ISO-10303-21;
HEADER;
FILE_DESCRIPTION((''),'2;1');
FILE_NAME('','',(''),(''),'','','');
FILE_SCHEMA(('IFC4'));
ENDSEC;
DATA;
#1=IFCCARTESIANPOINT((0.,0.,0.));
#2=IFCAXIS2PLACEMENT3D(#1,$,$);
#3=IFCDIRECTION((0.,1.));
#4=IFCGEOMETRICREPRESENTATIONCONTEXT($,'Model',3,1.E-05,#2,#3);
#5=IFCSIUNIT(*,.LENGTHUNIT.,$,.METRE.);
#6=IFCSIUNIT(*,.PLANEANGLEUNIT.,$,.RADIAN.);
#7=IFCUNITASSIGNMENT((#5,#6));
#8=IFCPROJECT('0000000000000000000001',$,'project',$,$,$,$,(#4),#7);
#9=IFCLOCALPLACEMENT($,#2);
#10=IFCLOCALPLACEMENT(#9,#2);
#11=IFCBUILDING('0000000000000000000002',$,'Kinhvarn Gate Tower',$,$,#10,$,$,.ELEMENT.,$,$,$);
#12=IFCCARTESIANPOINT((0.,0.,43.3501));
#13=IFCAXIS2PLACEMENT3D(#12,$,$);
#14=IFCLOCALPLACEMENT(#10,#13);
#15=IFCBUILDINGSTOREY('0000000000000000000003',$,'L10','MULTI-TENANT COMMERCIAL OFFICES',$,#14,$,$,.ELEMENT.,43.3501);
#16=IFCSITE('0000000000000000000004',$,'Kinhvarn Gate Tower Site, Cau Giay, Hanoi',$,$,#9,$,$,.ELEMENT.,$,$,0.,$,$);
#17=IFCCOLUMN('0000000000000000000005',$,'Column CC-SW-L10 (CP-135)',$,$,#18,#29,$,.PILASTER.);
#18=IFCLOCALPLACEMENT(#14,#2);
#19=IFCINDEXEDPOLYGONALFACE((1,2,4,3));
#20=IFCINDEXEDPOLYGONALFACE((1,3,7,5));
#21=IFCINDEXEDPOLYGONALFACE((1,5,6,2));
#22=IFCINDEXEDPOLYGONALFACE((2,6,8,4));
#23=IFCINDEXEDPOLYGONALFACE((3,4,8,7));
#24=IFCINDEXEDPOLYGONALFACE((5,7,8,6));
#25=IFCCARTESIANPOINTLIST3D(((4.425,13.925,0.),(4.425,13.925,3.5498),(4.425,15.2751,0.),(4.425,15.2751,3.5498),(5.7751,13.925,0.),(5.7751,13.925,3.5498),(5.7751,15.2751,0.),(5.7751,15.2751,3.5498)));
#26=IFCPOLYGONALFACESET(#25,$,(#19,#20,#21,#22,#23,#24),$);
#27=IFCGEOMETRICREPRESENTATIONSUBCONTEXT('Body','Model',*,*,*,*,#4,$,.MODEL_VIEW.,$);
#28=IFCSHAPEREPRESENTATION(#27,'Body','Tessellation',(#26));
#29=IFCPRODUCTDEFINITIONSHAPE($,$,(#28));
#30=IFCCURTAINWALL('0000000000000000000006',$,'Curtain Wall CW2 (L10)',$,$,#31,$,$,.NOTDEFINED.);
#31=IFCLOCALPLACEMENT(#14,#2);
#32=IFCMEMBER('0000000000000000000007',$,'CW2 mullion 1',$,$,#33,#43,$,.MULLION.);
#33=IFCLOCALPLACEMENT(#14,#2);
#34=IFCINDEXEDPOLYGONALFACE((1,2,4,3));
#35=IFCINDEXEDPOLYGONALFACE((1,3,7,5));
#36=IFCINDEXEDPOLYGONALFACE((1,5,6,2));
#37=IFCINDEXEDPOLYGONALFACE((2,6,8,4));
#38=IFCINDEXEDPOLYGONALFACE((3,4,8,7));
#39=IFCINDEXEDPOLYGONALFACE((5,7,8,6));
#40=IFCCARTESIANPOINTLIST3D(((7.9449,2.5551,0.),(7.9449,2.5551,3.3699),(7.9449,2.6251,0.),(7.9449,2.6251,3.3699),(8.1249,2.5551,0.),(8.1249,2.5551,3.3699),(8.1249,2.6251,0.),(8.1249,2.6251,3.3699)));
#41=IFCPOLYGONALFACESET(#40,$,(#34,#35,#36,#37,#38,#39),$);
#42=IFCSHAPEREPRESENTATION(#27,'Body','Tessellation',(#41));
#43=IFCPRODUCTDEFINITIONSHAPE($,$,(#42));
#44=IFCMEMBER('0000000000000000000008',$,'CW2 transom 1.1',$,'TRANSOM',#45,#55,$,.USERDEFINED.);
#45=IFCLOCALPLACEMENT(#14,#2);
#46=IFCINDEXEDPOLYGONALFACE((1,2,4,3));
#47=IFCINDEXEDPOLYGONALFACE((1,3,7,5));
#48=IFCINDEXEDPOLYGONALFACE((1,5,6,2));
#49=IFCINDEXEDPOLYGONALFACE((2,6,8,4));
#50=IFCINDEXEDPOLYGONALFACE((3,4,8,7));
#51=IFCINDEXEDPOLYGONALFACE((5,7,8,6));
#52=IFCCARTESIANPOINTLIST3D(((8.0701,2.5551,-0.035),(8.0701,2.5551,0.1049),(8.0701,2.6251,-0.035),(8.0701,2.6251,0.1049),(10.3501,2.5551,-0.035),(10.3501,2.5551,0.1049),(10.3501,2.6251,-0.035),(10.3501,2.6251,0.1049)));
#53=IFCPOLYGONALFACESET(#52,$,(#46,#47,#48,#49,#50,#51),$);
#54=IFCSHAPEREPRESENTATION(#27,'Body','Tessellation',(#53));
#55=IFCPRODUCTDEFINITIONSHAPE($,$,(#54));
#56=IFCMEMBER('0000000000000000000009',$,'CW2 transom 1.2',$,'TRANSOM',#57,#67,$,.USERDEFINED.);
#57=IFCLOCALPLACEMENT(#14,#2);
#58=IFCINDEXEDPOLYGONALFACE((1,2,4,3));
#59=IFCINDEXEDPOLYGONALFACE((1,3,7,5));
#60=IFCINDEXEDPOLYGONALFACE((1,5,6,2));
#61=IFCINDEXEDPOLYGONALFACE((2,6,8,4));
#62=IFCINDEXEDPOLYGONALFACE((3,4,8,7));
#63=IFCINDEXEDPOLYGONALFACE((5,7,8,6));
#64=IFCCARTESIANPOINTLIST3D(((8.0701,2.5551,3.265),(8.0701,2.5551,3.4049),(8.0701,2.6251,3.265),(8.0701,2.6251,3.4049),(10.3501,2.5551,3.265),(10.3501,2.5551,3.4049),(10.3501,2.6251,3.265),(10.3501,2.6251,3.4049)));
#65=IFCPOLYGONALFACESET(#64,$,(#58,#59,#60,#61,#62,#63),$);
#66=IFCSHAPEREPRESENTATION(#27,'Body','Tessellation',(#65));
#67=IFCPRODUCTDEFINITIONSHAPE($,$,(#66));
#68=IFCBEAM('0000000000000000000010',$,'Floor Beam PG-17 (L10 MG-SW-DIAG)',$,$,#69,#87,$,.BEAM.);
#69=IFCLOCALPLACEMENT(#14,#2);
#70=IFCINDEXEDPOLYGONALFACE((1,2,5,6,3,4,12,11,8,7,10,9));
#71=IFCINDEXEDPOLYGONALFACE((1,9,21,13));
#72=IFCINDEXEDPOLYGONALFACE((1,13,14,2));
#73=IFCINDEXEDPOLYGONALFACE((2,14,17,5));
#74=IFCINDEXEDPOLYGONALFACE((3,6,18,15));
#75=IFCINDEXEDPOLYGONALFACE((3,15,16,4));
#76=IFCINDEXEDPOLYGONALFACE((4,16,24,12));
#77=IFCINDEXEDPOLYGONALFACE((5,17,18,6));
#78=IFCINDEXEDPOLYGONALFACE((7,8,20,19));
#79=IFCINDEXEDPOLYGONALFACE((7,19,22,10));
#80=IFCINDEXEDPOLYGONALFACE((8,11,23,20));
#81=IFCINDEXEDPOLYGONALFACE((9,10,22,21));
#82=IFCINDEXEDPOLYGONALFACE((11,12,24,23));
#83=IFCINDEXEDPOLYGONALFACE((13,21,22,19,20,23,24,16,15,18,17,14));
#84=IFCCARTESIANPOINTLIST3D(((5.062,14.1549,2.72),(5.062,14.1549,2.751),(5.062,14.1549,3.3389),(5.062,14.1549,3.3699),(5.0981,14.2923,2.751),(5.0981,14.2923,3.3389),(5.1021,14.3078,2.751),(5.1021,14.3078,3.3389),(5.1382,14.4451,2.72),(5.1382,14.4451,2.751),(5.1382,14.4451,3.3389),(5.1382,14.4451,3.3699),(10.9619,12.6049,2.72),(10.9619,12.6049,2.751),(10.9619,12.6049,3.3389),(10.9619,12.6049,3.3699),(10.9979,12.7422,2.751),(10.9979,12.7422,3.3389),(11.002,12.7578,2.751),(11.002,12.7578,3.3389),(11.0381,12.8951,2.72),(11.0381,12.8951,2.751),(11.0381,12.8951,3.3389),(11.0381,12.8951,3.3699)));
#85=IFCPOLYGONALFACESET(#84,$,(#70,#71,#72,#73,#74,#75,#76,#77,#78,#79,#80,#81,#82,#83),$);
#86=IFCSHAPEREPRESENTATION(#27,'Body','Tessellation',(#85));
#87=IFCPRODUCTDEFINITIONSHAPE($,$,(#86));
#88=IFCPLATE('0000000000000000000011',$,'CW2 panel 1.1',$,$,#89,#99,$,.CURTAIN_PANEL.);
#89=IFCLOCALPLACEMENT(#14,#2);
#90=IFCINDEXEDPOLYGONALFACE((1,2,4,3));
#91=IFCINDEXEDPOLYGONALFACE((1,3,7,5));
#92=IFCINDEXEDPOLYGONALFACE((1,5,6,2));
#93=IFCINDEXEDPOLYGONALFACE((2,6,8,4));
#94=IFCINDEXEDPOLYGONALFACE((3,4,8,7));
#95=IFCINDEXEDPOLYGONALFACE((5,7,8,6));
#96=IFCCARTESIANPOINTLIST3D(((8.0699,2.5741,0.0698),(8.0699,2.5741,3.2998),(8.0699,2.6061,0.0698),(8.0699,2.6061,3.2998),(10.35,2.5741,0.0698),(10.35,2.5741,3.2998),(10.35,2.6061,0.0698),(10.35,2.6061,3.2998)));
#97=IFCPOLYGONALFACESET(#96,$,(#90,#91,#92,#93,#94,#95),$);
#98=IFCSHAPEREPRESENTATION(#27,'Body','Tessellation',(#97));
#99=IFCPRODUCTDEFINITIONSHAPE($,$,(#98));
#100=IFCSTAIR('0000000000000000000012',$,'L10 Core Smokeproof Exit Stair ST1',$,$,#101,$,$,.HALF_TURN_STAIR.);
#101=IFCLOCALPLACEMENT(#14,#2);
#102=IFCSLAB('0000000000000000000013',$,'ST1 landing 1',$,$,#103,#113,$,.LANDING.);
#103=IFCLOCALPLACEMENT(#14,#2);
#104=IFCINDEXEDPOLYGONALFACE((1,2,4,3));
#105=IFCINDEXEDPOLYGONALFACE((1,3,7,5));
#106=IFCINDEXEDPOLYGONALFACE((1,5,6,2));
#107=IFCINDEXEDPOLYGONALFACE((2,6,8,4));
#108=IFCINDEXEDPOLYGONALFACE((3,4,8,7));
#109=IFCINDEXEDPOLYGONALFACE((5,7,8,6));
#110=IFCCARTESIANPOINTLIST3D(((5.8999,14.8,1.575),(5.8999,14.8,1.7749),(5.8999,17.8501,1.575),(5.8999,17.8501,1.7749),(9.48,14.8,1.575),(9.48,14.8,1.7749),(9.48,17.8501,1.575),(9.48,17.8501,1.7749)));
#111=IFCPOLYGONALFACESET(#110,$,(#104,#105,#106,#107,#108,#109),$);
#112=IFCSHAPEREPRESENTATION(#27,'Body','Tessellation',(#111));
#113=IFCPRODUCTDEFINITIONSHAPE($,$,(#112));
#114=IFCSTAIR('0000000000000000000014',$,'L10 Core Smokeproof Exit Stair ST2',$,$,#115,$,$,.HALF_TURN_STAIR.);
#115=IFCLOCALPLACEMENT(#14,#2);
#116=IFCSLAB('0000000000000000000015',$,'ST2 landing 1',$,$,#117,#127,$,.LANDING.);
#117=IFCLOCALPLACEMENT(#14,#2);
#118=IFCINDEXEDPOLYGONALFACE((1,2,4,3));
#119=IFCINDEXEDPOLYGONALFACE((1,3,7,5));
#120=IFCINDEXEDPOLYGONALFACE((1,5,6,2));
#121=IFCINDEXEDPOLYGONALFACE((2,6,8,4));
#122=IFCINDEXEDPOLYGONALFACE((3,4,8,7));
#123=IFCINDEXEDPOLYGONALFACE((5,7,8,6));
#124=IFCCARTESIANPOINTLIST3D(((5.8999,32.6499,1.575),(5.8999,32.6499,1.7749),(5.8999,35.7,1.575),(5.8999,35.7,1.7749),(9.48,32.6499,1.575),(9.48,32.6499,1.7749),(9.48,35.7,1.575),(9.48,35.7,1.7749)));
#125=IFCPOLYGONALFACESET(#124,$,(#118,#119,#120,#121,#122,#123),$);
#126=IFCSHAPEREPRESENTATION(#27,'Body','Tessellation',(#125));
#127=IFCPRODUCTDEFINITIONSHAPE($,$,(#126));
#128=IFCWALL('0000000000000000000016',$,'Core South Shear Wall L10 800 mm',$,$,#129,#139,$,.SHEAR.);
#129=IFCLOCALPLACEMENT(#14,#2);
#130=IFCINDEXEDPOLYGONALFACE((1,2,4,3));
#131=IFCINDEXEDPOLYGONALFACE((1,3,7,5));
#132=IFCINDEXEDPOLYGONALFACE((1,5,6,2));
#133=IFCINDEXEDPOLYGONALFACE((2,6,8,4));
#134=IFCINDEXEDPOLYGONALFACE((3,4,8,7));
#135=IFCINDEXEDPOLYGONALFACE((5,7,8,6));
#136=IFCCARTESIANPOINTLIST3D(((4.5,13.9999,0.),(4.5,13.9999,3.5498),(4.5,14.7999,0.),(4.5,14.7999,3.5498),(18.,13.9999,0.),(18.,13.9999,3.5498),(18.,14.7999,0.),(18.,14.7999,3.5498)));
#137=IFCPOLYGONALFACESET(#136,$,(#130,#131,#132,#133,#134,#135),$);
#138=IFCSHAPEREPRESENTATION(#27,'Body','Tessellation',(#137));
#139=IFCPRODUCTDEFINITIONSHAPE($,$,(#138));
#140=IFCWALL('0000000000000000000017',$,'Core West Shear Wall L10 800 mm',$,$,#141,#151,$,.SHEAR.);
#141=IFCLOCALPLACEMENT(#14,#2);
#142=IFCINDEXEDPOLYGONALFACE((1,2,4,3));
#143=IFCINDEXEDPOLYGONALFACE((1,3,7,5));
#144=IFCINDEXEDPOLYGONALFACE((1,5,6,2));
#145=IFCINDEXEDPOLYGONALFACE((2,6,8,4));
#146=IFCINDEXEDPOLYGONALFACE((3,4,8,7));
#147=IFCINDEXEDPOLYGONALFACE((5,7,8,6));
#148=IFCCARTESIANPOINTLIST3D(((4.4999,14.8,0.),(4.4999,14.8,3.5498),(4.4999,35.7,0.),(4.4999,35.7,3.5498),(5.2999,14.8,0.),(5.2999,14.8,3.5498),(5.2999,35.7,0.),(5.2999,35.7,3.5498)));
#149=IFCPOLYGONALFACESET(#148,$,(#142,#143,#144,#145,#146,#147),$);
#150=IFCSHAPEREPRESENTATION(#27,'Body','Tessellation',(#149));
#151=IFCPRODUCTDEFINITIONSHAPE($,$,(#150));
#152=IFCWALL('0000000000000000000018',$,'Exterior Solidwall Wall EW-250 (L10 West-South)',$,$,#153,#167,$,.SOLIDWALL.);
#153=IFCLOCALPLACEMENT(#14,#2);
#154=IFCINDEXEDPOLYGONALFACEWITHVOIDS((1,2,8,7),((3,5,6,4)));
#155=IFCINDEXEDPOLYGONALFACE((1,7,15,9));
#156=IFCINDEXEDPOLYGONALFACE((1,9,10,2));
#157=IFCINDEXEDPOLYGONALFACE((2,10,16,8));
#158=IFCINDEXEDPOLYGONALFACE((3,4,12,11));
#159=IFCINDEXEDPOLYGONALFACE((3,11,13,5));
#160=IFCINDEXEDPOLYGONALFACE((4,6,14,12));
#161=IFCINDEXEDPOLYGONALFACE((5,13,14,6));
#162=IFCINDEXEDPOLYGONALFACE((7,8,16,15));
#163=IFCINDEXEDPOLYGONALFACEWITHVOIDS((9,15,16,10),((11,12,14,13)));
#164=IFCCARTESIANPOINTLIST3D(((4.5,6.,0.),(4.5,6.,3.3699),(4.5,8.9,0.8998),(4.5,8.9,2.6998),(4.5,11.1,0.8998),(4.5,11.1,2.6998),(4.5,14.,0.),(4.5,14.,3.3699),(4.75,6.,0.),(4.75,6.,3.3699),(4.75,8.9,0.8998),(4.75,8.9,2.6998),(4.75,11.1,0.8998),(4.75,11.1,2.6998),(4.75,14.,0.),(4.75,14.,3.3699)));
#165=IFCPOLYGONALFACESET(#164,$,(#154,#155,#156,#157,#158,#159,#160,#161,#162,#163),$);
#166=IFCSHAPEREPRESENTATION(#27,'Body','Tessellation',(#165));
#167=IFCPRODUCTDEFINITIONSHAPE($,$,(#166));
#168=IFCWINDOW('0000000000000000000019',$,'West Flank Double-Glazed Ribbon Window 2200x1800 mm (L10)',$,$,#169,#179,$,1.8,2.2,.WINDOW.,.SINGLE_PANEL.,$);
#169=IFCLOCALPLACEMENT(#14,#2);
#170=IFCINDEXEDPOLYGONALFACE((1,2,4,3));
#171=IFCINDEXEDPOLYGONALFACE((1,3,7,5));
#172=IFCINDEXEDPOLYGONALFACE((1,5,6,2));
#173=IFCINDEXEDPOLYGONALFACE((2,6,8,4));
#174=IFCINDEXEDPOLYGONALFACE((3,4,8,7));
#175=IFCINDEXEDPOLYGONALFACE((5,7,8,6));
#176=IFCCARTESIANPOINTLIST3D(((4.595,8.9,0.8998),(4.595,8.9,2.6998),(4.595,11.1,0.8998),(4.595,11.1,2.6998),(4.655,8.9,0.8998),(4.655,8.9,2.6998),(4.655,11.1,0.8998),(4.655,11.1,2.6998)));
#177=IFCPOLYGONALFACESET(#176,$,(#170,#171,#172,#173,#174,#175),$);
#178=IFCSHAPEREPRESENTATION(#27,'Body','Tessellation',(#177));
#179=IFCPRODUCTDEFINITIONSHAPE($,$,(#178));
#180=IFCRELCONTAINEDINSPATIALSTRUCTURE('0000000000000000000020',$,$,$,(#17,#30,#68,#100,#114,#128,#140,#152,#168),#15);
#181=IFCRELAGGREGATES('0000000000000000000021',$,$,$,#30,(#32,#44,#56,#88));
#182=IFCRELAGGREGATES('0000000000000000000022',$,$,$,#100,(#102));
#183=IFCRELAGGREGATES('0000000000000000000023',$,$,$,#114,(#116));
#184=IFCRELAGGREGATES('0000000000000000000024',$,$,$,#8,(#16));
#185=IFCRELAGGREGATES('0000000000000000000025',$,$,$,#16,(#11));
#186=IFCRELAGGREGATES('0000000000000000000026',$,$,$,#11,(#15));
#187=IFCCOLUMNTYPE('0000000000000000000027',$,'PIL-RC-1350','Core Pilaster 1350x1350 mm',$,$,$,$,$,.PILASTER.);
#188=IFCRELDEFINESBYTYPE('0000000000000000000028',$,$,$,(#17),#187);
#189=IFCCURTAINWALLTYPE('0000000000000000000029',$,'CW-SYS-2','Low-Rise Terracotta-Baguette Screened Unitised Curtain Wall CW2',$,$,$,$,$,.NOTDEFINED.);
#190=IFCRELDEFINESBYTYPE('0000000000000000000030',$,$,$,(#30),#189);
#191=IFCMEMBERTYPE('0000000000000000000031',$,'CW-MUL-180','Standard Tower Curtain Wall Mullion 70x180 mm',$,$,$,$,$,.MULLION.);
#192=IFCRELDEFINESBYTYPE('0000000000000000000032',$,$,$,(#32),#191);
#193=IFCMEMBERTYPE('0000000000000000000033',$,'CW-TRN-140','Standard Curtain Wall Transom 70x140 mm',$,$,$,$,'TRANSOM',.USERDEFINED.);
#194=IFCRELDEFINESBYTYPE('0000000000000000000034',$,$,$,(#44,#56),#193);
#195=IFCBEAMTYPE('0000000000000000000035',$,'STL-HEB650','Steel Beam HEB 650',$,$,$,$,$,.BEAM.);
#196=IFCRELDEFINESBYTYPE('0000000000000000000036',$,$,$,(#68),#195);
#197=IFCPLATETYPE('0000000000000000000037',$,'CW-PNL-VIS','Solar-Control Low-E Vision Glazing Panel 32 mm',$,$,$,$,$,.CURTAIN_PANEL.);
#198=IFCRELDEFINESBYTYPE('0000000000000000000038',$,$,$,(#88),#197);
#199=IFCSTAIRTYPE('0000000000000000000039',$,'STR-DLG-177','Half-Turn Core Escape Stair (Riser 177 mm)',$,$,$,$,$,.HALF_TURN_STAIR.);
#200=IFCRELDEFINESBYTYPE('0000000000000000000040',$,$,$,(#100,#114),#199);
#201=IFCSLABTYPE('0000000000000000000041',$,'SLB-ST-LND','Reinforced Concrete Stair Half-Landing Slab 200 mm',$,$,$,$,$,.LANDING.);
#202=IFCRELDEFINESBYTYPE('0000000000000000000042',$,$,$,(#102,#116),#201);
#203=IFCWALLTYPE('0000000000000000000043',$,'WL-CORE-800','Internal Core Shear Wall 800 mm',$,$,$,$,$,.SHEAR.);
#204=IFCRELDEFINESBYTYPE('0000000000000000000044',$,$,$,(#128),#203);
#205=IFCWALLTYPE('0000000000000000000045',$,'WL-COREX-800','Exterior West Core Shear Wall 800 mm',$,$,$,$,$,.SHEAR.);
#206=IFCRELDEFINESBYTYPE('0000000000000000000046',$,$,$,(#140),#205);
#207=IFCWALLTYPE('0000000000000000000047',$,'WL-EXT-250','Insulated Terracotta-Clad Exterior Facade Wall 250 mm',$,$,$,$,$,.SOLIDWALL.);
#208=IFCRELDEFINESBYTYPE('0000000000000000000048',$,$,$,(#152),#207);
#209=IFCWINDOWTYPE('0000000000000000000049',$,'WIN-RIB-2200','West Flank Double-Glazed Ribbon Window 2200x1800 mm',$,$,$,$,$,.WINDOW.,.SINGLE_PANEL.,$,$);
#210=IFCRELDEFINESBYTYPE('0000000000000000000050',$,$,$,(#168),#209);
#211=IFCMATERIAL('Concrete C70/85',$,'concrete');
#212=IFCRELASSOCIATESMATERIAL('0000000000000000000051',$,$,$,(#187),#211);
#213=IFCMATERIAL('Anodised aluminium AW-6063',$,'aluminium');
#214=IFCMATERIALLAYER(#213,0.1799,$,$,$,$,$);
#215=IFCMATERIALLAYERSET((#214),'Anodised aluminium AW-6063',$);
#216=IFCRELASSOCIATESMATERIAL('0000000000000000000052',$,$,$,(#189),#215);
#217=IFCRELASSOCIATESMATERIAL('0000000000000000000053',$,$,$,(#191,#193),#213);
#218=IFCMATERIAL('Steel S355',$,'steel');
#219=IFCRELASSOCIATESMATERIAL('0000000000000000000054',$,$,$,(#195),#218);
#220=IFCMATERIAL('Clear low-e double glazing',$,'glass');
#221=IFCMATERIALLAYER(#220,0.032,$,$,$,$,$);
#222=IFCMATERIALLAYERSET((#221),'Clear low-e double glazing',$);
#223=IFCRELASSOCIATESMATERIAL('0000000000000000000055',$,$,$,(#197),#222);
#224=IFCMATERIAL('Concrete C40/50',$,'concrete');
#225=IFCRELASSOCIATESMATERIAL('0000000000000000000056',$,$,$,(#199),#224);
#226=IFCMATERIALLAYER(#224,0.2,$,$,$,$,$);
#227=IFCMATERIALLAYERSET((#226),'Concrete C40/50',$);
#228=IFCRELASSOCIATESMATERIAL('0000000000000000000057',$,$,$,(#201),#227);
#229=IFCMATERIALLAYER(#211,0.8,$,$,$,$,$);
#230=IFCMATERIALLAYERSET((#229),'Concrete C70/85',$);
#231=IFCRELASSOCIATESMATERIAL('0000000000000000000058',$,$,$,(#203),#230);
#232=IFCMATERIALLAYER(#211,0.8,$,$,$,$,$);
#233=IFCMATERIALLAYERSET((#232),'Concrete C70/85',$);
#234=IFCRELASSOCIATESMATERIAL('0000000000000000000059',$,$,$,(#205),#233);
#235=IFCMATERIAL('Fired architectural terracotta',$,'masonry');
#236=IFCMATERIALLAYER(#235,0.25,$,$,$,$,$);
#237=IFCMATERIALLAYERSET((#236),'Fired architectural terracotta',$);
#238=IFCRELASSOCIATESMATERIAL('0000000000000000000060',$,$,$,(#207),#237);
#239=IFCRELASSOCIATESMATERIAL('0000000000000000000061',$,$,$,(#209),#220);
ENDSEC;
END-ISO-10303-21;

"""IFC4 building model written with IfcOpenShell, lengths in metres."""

from ifc_helpers import new_model, si_unit, direction, frame, frame_2d, origin, origin_2d, place, context, subcontext, project, spatial, polyline, rectangle, i_section, outline, extrude, material, layer, layer_set, material_profile, profile_set, type_object, element, fill, aggregate, save


model = new_model("IFC4")

# Units and contexts
model_context = context("Model", 3, precision=1e-05, world=origin(), true_north=direction((0.0, 1.0)))
body_context = subcontext(model_context, "Body", "Model", "MODEL_VIEW")
ifc_project = project(units=[si_unit("LENGTHUNIT", "METRE"), si_unit("PLANEANGLEUNIT", "RADIAN")], contexts=[model_context])

# Site, building, storey
site_placement = place(None, origin())
site = spatial("IfcSite", under=ifc_project, at=site_placement, Name="Kinhvarn Gate Tower Site, Cau Giay, Hanoi", CompositionType="ELEMENT", RefElevation=0.0)
building_placement = place(site_placement, origin())
building = spatial("IfcBuilding", under=site, at=building_placement, Name="Kinhvarn Gate Tower", CompositionType="ELEMENT")
storey_placement = place(building_placement, frame((0.0, 0.0, 43.3501)))
storey = spatial("IfcBuildingStorey", under=building, at=storey_placement, Name="L10", Description="MULTI-TENANT COMMERCIAL OFFICES", CompositionType="ELEMENT", Elevation=43.3501)

# Column
ifc_material_1 = material(Name="Concrete C70/85", Category="concrete")
ifc_material_profile_1 = material_profile(ifc_material_1, rectangle(XDim=1.3501, YDim=1.3501, at=origin_2d()), Name="RC 1350x1350")
ifc_profile_set_1 = profile_set([ifc_material_profile_1], Name="Concrete C70/85")
column_type = type_object("IfcColumnType", Name="PIL-RC-1350", Description="Core Pilaster 1350x1350 mm", PredefinedType="PILASTER", material=ifc_profile_set_1)
column_placement = place(storey_placement, frame((5.1001, 14.6001, 0.0), z_axis=(0.0, 0.0, 1.0), x_axis=(1.0, 0.0, 0.0)))
element("IfcColumn", 1, at=column_placement, inside=storey, type_object=column_type, Name="Column CC-SW-L10 (CP-135)", PredefinedType="PILASTER", context=body_context, shape_type="SweptSolid", body=[
    extrude(rectangle(XDim=1.3501, YDim=1.3501, at=origin_2d()), origin(), (0.0, 0.0, 1.0), 3.5498),
])

# Curtain wall, members
ifc_material_2 = material(Name="Anodised aluminium AW-6063", Category="aluminium")
ifc_layer_1 = layer(ifc_material_2, 0.1799)
ifc_layer_set_1 = layer_set([ifc_layer_1], Name="Anodised aluminium AW-6063")
curtain_wall_type = type_object("IfcCurtainWallType", Name="CW-SYS-2", Description="Low-Rise Terracotta-Baguette Screened Unitised Curtain Wall CW2", PredefinedType="NOTDEFINED", material=ifc_layer_set_1)
curtain_wall_placement = place(storey_placement, origin())
curtain_wall = element("IfcCurtainWall", 2, at=curtain_wall_placement, inside=storey, type_object=curtain_wall_type, Name="Curtain Wall CW2 (L10)", PredefinedType="NOTDEFINED")
ifc_material_profile_2 = material_profile(ifc_material_2, rectangle(XDim=0.0701, YDim=0.1799, at=origin_2d()), Name="ALU 70x180")
ifc_profile_set_2 = profile_set([ifc_material_profile_2], Name="Anodised aluminium AW-6063")
member_type_1 = type_object("IfcMemberType", Name="CW-MUL-180", Description="Standard Tower Curtain Wall Mullion 70x180 mm", PredefinedType="MULLION", material=ifc_profile_set_2)
member_1_placement = place(storey_placement, frame((8.0349, 2.5901, 0.0), z_axis=(0.0, 0.0, 1.0), x_axis=(0.0, 1.0, 0.0)))
member_1 = element("IfcMember", 3, at=member_1_placement, type_object=member_type_1, Name="CW2 mullion 1", PredefinedType="MULLION", context=body_context, shape_type="SweptSolid", body=[
    extrude(rectangle(XDim=0.0701, YDim=0.1799, at=origin_2d()), origin(), (0.0, 0.0, 1.0), 3.3699),
])
ifc_material_profile_3 = material_profile(ifc_material_2, rectangle(XDim=0.0701, YDim=0.1399, at=origin_2d()), Name="ALU 70x140")
ifc_profile_set_3 = profile_set([ifc_material_profile_3], Name="Anodised aluminium AW-6063")
member_type_2 = type_object("IfcMemberType", Name="CW-TRN-140", Description="Standard Curtain Wall Transom 70x140 mm", ElementType="TRANSOM", PredefinedType="USERDEFINED", material=ifc_profile_set_3)
member_2_placement = place(storey_placement, frame((8.0701, 2.5901, 0.0349), z_axis=(1.0, 0.0, 0.0), x_axis=(0.0, 1.0, 0.0)))
member_2 = element("IfcMember", 4, at=member_2_placement, type_object=member_type_2, Name="CW2 transom 1.1", ObjectType="TRANSOM", PredefinedType="USERDEFINED", context=body_context, shape_type="SweptSolid", body=[
    extrude(rectangle(XDim=0.0701, YDim=0.1399, at=origin_2d()), origin(), (0.0, 0.0, 1.0), 2.28),
])
member_3_placement = place(storey_placement, frame((8.0701, 2.5901, 3.335), z_axis=(1.0, 0.0, 0.0), x_axis=(0.0, 1.0, 0.0)))
member_3 = element("IfcMember", 5, at=member_3_placement, type_object=member_type_2, Name="CW2 transom 1.2", ObjectType="TRANSOM", PredefinedType="USERDEFINED", context=body_context, shape_type="SweptSolid", body=[
    extrude(rectangle(XDim=0.0701, YDim=0.1399, at=origin_2d()), origin(), (0.0, 0.0, 1.0), 2.28),
])

# Beam
ifc_material_3 = material(Name="Steel S355", Category="steel")
ifc_material_profile_4 = material_profile(ifc_material_3, i_section(OverallWidth=0.3, OverallDepth=0.6499, WebThickness=0.0161, FlangeThickness=0.031, at=origin_2d()), Name="HEB 650")
ifc_profile_set_4 = profile_set([ifc_material_profile_4], Name="Steel S355")
beam_type = type_object("IfcBeamType", Name="STL-HEB650", Description="Steel Beam HEB 650", PredefinedType="BEAM", material=ifc_profile_set_4)
beam_placement = place(storey_placement, frame((5.1001, 14.3, 3.0449), z_axis=(0.967178, -0.254101, 0.0), x_axis=(0.254101, 0.967178, 0.0)))
element("IfcBeam", 6, at=beam_placement, inside=storey, type_object=beam_type, Name="Floor Beam PG-17 (L10 MG-SW-DIAG)", PredefinedType="BEAM", context=body_context, shape_type="SweptSolid", body=[
    extrude(i_section(OverallWidth=0.3, OverallDepth=0.6499, WebThickness=0.0161, FlangeThickness=0.031, at=origin_2d()), origin(), (0.0, 0.0, 1.0), 6.1001),
])

# Plate
ifc_material_4 = material(Name="Clear low-e double glazing", Category="glass")
ifc_layer_2 = layer(ifc_material_4, 0.032)
ifc_layer_set_2 = layer_set([ifc_layer_2], Name="Clear low-e double glazing")
plate_type = type_object("IfcPlateType", Name="CW-PNL-VIS", Description="Solar-Control Low-E Vision Glazing Panel 32 mm", PredefinedType="CURTAIN_PANEL", material=ifc_layer_set_2)
plate_placement = place(storey_placement, frame((9.21, 2.5901, 0.0698), z_axis=(0.0, 0.0, 1.0), x_axis=(1.0, 0.0, 0.0)))
plate = element("IfcPlate", 7, at=plate_placement, type_object=plate_type, Name="CW2 panel 1.1", PredefinedType="CURTAIN_PANEL", context=body_context, shape_type="SweptSolid", body=[
    extrude(rectangle(XDim=2.28, YDim=0.032, at=origin_2d()), origin(), (0.0, 0.0, 1.0), 3.23),
])
aggregate(curtain_wall, [member_1, member_2, member_3, plate])

# Stairs, slabs
ifc_material_5 = material(Name="Concrete C40/50", Category="concrete")
stair_type = type_object("IfcStairType", Name="STR-DLG-177", Description="Half-Turn Core Escape Stair (Riser 177 mm)", PredefinedType="HALF_TURN_STAIR", material=ifc_material_5)
stair_1_placement = place(storey_placement, origin())
stair_1 = element("IfcStair", 8, at=stair_1_placement, inside=storey, type_object=stair_type, Name="L10 Core Smokeproof Exit Stair ST1", PredefinedType="HALF_TURN_STAIR")
ifc_layer_3 = layer(ifc_material_5, 0.2)
ifc_layer_set_3 = layer_set([ifc_layer_3], Name="Concrete C40/50")
slab_type = type_object("IfcSlabType", Name="SLB-ST-LND", Description="Reinforced Concrete Stair Half-Landing Slab 200 mm", PredefinedType="LANDING", material=ifc_layer_set_3)
slab_1_placement = place(storey_placement, frame((0.0, 0.0, 1.575)))
slab_1 = element("IfcSlab", 9, at=slab_1_placement, type_object=slab_type, Name="ST1 landing 1", PredefinedType="LANDING", context=body_context, shape_type="SweptSolid", body=[
    extrude(outline(polyline([(9.48, 17.8501), (5.8999, 17.8501), (5.8999, 14.8), (9.48, 14.8), (9.48, 17.8501)])), origin(), (0.0, 0.0, 1.0), 0.2),
])
aggregate(stair_1, [slab_1])
stair_2_placement = place(storey_placement, origin())
stair_2 = element("IfcStair", 10, at=stair_2_placement, inside=storey, type_object=stair_type, Name="L10 Core Smokeproof Exit Stair ST2", PredefinedType="HALF_TURN_STAIR")
slab_2_placement = place(storey_placement, frame((0.0, 0.0, 1.575)))
slab_2 = element("IfcSlab", 11, at=slab_2_placement, type_object=slab_type, Name="ST2 landing 1", PredefinedType="LANDING", context=body_context, shape_type="SweptSolid", body=[
    extrude(outline(polyline([(9.48, 35.7), (5.8999, 35.7), (5.8999, 32.6499), (9.48, 32.6499), (9.48, 35.7)])), origin(), (0.0, 0.0, 1.0), 0.2),
])
aggregate(stair_2, [slab_2])

# Walls
ifc_layer_4 = layer(ifc_material_1, 0.8)
ifc_layer_set_4 = layer_set([ifc_layer_4], Name="Concrete C70/85")
wall_type_1 = type_object("IfcWallType", Name="WL-CORE-800", Description="Internal Core Shear Wall 800 mm", PredefinedType="SHEAR", material=ifc_layer_set_4)
wall_1_placement = place(storey_placement, frame((4.5, 14.3999, 0.0), z_axis=(0.0, 0.0, 1.0), x_axis=(1.0, 0.0, 0.0)))
element("IfcWall", 12, at=wall_1_placement, inside=storey, type_object=wall_type_1, Name="Core South Shear Wall L10 800 mm", PredefinedType="SHEAR", context=body_context, shape_type="SweptSolid", body=[
    extrude(rectangle(XDim=13.5, YDim=0.8, at=frame_2d((6.75, 0.0))), origin(), (0.0, 0.0, 1.0), 3.5498),
])
ifc_layer_5 = layer(ifc_material_1, 0.8)
ifc_layer_set_5 = layer_set([ifc_layer_5], Name="Concrete C70/85")
wall_type_2 = type_object("IfcWallType", Name="WL-COREX-800", Description="Exterior West Core Shear Wall 800 mm", PredefinedType="SHEAR", material=ifc_layer_set_5)
wall_2_placement = place(storey_placement, frame((4.8999, 14.8, 0.0), z_axis=(0.0, 0.0, 1.0), x_axis=(0.0, 1.0, 0.0)))
element("IfcWall", 13, at=wall_2_placement, inside=storey, type_object=wall_type_2, Name="Core West Shear Wall L10 800 mm", PredefinedType="SHEAR", context=body_context, shape_type="SweptSolid", body=[
    extrude(rectangle(XDim=20.8999, YDim=0.8, at=frame_2d((10.45, 0.0))), origin(), (0.0, 0.0, 1.0), 3.5498),
])

# Wall, opening, window
ifc_material_6 = material(Name="Fired architectural terracotta", Category="masonry")
ifc_layer_6 = layer(ifc_material_6, 0.25)
ifc_layer_set_6 = layer_set([ifc_layer_6], Name="Fired architectural terracotta")
wall_type_3 = type_object("IfcWallType", Name="WL-EXT-250", Description="Insulated Terracotta-Clad Exterior Facade Wall 250 mm", PredefinedType="SOLIDWALL", material=ifc_layer_set_6)
wall_3_placement = place(storey_placement, frame((4.625, 14.0, 0.0), z_axis=(0.0, 0.0, 1.0), x_axis=(0.0, -1.0, 0.0)))
wall_3 = element("IfcWall", 14, at=wall_3_placement, inside=storey, type_object=wall_type_3, Name="Exterior Solidwall Wall EW-250 (L10 West-South)", PredefinedType="SOLIDWALL", context=body_context, shape_type="SweptSolid", body=[
    extrude(rectangle(XDim=8.0, YDim=0.25, at=frame_2d((4.0, 0.0))), origin(), (0.0, 0.0, 1.0), 3.3699),
])
opening_1_placement = place(wall_3_placement, frame((2.8999, 0.0, 0.8999)))
opening_1 = element("IfcOpeningElement", 15, at=opening_1_placement, cuts=wall_3, PredefinedType="OPENING", context=body_context, shape_type="SweptSolid", body=[
    extrude(rectangle(XDim=2.2, YDim=1.8, at=frame_2d((1.1001, 0.8999))), frame((0.0, 0.135, 0.0), z_axis=(0.0, -1.0, 0.0), x_axis=(1.0, 0.0, 0.0)), (0.0, 0.0, 1.0), 0.27),
])
window_type_1 = type_object("IfcWindowType", Name="WIN-RIB-2200", Description="West Flank Double-Glazed Ribbon Window 2200x1800 mm", PartitioningType="SINGLE_PANEL", PredefinedType="WINDOW", material=ifc_material_4)
window_1_placement = place(opening_1_placement, origin())
window_1 = element("IfcWindow", 16, at=window_1_placement, inside=storey, type_object=window_type_1, Name="West Flank Double-Glazed Ribbon Window 2200x1800 mm (L10)", OverallHeight=1.8, OverallWidth=2.2, PartitioningType="SINGLE_PANEL", PredefinedType="WINDOW", context=body_context, shape_type="SweptSolid", body=[
    extrude(rectangle(XDim=2.2, YDim=1.8, at=frame_2d((1.1001, 0.8999))), frame((0.0, 0.03, 0.0), z_axis=(0.0, -1.0, 0.0), x_axis=(1.0, 0.0, 0.0)), (0.0, 0.0, 1.0), 0.0601),
])
fill(opening_1, window_1)

save(model, "model.ifc")
